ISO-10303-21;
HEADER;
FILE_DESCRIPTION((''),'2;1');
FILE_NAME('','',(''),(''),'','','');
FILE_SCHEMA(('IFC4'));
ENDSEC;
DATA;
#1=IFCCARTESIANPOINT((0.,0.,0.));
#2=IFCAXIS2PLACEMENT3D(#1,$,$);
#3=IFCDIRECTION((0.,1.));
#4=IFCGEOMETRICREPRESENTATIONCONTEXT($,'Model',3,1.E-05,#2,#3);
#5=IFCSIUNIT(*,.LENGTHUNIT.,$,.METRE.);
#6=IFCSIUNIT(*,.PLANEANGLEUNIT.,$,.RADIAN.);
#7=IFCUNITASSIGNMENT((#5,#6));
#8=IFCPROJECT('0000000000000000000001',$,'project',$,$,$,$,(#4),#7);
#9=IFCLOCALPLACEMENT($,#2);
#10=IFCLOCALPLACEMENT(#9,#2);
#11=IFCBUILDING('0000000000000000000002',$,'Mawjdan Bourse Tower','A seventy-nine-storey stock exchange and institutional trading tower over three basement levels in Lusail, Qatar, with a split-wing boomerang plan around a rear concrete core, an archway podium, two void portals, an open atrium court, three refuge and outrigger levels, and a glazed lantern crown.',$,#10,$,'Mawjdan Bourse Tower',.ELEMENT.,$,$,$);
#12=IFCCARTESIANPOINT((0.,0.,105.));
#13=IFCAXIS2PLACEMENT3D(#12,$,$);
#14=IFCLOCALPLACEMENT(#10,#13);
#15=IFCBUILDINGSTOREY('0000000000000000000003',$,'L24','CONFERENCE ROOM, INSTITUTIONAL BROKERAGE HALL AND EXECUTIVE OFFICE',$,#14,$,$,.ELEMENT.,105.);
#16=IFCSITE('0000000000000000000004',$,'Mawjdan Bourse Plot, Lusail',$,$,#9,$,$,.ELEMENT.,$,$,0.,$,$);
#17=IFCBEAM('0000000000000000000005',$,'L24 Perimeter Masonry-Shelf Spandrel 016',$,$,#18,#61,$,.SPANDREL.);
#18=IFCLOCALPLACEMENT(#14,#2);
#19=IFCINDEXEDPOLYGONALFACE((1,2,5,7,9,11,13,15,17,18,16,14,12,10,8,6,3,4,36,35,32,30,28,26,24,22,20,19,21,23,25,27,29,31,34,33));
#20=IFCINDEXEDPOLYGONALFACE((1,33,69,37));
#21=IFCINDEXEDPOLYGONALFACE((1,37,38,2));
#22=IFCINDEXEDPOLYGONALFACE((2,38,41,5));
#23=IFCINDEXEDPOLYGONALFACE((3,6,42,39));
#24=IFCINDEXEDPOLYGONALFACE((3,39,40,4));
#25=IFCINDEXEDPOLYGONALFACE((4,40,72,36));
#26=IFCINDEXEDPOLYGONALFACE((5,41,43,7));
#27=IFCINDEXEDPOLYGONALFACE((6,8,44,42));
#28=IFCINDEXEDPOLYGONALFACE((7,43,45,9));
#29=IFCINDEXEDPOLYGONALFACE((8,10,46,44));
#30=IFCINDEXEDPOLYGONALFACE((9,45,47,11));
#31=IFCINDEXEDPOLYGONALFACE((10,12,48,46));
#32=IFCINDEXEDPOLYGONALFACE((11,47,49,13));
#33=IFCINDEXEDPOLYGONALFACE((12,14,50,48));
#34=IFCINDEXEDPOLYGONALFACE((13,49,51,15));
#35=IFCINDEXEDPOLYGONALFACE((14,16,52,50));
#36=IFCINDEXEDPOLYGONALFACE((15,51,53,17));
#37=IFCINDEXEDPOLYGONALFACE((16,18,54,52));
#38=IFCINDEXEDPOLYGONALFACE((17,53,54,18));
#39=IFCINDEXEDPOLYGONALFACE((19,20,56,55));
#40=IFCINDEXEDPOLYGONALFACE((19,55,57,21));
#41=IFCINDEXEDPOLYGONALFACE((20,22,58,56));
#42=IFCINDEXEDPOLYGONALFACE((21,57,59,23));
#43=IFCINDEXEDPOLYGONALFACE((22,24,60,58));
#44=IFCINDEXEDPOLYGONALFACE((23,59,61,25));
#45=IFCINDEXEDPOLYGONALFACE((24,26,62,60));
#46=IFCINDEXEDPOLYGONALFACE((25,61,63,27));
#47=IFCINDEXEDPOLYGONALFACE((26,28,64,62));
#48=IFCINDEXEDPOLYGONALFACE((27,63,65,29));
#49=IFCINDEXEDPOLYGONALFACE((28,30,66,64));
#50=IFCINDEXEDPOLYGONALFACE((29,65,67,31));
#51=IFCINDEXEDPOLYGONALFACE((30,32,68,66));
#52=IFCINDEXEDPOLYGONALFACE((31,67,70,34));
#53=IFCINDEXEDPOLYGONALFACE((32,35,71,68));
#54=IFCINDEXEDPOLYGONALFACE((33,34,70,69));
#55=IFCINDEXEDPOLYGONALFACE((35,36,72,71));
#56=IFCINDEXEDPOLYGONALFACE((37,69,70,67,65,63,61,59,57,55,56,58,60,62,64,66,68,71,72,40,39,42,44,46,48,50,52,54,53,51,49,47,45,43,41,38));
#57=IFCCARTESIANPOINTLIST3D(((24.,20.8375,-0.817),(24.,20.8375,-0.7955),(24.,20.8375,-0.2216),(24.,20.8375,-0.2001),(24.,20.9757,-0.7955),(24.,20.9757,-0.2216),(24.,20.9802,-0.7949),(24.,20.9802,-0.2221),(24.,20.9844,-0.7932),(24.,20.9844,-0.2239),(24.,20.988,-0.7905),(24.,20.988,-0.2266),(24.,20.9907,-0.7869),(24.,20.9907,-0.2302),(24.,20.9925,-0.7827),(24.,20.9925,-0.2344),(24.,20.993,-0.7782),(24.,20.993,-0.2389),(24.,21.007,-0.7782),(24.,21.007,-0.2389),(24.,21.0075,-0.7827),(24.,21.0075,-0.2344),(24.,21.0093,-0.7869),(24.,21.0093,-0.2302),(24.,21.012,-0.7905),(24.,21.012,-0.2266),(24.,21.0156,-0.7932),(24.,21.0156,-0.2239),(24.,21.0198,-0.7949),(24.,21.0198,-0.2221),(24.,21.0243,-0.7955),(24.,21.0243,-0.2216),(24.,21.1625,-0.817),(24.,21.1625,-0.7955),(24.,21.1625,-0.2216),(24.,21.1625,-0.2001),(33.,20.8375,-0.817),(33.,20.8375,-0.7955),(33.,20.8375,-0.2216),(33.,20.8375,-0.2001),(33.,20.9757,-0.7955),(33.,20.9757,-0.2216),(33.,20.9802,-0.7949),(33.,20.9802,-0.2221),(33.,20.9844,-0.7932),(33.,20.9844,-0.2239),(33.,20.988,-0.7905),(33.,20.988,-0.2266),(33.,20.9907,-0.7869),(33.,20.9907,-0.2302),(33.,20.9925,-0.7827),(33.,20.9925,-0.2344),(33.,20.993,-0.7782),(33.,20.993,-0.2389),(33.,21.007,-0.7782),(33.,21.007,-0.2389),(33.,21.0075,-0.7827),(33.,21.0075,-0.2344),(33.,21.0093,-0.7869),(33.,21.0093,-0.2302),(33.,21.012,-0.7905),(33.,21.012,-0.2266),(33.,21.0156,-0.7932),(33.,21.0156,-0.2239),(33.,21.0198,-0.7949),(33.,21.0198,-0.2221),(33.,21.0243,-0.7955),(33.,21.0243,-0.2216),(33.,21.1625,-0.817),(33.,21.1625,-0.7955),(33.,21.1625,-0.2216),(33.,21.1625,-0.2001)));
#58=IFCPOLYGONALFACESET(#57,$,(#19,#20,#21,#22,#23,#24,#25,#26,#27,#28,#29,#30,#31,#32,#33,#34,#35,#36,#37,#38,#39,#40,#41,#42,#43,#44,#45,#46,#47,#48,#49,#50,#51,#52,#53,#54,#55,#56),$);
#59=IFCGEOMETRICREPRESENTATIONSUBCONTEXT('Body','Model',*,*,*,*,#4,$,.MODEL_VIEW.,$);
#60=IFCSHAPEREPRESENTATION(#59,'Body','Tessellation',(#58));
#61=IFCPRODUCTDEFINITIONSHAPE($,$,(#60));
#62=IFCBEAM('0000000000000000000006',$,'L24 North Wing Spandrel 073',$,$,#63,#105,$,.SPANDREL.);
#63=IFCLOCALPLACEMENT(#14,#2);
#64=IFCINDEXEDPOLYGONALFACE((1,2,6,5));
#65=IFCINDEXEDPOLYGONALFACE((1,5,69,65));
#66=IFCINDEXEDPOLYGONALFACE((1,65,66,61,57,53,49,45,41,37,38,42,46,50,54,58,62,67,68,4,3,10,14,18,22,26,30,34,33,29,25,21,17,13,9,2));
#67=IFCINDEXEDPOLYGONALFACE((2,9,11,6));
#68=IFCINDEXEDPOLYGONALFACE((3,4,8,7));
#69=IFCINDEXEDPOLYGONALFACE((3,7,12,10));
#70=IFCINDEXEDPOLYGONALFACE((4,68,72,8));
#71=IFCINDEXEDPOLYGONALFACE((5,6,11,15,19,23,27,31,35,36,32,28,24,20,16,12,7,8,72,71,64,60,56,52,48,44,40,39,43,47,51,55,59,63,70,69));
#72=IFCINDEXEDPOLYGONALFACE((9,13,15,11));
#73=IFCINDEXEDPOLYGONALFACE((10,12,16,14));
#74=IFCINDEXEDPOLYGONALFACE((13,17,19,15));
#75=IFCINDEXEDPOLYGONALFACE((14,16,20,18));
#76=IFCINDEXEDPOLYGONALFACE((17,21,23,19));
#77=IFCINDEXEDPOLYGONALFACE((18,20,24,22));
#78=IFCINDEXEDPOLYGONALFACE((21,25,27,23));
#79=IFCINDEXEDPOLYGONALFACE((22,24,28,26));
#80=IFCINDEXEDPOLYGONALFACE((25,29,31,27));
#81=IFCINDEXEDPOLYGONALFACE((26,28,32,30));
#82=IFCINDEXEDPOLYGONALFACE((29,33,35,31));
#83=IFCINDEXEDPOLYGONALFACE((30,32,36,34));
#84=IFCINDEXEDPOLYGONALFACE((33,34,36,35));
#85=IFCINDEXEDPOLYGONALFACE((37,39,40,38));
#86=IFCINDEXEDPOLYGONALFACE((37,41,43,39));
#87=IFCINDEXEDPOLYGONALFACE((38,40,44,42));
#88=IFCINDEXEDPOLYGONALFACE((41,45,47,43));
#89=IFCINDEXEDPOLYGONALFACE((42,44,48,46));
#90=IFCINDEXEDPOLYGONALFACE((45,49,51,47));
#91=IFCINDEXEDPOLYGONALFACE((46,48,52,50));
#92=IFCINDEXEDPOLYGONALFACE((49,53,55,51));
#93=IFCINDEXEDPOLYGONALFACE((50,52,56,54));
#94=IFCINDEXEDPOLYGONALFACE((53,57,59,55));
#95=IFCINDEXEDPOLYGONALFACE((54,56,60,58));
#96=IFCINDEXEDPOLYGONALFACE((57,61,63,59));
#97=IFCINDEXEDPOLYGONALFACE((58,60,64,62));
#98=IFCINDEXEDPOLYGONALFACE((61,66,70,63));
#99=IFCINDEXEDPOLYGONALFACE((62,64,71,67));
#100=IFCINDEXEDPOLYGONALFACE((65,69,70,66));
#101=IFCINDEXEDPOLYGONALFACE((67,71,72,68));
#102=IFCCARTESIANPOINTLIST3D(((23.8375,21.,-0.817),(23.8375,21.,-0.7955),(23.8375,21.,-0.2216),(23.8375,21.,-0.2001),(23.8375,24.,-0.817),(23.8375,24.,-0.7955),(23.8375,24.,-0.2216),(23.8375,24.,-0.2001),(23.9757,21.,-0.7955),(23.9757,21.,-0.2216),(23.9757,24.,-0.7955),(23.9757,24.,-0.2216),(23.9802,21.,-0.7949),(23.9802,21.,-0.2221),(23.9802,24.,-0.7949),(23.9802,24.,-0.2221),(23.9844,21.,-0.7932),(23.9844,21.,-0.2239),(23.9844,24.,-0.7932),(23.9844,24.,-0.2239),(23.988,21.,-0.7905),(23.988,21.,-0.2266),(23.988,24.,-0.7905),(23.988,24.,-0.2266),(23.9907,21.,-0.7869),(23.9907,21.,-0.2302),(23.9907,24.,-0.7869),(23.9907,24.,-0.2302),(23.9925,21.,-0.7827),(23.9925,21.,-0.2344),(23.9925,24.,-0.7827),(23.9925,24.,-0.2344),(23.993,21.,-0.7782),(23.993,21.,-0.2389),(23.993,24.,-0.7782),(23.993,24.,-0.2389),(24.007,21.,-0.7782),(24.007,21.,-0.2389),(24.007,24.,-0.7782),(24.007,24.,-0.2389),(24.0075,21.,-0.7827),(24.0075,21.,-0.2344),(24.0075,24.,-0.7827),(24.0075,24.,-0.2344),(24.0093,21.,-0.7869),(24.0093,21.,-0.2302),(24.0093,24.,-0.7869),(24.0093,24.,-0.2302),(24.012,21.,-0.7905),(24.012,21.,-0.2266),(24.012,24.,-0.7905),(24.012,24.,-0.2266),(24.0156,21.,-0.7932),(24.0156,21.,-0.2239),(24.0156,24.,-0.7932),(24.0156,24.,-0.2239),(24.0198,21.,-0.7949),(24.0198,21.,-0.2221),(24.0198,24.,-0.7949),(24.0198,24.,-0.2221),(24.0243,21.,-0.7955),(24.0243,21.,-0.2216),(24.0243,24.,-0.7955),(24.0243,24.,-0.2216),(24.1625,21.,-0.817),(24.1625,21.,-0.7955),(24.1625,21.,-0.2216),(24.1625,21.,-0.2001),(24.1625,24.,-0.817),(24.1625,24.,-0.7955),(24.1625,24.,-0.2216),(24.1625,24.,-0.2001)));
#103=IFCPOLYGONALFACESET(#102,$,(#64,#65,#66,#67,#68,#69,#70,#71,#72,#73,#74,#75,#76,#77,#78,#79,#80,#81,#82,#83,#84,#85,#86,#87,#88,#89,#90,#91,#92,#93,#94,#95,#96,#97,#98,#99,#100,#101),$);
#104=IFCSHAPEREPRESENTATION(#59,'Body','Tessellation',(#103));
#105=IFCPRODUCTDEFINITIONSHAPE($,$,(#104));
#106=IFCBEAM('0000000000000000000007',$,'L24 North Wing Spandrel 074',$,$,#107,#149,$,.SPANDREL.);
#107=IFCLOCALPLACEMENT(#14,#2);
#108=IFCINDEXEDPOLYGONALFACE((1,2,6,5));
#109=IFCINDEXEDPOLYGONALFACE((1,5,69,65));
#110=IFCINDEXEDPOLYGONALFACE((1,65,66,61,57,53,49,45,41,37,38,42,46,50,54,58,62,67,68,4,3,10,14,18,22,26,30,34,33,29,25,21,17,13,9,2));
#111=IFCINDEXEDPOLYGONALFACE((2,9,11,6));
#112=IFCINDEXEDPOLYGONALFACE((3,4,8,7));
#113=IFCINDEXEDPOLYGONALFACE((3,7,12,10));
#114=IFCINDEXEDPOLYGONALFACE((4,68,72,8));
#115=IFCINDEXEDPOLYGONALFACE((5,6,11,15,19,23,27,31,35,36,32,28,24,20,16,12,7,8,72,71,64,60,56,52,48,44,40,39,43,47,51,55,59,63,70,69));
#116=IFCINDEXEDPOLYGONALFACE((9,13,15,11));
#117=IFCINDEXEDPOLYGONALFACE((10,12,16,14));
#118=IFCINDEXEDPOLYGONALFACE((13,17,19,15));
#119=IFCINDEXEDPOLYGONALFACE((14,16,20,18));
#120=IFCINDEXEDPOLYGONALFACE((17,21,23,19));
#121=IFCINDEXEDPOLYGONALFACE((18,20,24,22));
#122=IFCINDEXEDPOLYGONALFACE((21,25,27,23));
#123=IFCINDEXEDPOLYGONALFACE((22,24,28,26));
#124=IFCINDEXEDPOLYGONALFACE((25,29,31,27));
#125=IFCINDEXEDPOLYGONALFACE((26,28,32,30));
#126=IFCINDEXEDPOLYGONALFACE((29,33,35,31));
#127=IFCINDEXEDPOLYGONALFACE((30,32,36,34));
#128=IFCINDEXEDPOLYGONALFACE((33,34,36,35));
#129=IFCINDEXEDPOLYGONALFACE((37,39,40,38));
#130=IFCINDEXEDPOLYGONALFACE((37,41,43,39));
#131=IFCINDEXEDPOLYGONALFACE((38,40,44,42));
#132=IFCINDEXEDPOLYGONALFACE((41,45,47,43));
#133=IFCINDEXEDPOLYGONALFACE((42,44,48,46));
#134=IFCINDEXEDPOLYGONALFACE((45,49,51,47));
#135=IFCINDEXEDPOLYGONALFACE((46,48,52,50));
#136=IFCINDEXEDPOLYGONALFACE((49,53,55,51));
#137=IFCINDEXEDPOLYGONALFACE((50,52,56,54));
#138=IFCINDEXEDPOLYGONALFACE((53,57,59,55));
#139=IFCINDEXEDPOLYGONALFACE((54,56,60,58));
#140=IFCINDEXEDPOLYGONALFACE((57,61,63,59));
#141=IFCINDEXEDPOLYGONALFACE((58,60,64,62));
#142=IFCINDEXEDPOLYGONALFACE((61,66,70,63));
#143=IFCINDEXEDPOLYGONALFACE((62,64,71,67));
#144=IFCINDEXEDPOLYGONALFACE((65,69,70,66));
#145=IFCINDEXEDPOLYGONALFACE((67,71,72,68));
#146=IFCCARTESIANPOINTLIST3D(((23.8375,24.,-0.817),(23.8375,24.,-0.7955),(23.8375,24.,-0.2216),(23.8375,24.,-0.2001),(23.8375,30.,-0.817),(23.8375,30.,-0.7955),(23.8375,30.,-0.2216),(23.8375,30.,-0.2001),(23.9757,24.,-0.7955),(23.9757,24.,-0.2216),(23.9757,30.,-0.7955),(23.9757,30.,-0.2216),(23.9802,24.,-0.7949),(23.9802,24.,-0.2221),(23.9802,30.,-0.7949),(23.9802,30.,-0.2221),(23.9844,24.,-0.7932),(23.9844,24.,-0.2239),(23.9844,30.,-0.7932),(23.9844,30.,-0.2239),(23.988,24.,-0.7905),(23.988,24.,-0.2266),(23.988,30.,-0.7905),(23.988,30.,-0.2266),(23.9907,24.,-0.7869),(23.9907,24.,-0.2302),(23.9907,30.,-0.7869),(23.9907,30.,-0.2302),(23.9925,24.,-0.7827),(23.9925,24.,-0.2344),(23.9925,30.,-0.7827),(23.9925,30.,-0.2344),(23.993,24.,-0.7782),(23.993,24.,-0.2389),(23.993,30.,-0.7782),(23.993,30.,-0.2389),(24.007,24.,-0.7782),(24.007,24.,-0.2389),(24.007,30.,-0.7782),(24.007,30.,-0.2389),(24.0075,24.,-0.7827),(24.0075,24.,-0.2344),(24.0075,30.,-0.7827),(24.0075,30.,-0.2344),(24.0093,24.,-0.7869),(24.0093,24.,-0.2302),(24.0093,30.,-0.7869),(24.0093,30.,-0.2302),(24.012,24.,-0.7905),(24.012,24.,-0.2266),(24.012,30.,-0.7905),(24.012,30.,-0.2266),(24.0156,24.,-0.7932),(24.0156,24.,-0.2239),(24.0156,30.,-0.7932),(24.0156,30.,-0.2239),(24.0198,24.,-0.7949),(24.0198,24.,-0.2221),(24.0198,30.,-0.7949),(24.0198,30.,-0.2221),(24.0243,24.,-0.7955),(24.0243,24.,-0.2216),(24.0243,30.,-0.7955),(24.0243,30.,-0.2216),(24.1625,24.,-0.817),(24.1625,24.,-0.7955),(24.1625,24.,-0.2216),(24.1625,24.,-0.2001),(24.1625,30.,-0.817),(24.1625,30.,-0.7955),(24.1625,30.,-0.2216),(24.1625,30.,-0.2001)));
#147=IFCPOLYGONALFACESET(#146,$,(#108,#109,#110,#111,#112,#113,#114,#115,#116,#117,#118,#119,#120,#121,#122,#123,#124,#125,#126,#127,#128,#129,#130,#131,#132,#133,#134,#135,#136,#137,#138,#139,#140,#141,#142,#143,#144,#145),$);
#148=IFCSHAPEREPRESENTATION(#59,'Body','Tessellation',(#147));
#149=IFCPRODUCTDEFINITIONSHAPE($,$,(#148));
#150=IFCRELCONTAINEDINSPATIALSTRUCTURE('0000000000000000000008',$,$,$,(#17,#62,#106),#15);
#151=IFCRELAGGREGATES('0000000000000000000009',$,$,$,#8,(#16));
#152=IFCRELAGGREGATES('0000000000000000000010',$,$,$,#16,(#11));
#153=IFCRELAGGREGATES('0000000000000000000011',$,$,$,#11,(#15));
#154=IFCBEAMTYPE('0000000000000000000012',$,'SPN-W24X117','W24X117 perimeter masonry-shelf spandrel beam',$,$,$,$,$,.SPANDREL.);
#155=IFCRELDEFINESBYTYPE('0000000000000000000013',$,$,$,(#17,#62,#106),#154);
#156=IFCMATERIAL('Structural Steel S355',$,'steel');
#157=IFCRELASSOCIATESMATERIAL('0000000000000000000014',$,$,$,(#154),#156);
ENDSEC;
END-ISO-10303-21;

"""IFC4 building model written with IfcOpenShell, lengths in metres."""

from ifc_helpers import new_model, si_unit, direction, frame, origin, origin_2d, place, context, subcontext, project, spatial, i_section, extrude, material, material_profile, profile_set, type_object, element, save


model = new_model("IFC4")

# Units and contexts
model_context = context("Model", 3, precision=1e-05, world=origin(), true_north=direction((0.0, 1.0)))
body_context = subcontext(model_context, "Body", "Model", "MODEL_VIEW")
ifc_project = project(units=[si_unit("LENGTHUNIT", "METRE"), si_unit("PLANEANGLEUNIT", "RADIAN")], contexts=[model_context])

# Site, building, storey
site_placement = place(None, origin())
site = spatial("IfcSite", under=ifc_project, at=site_placement, Name="Mawjdan Bourse Plot, Lusail", CompositionType="ELEMENT", RefElevation=0.0)
building_placement = place(site_placement, origin())
building = spatial("IfcBuilding", under=site, at=building_placement, Name="Mawjdan Bourse Tower", Description="A seventy-nine-storey stock exchange and institutional trading tower over three basement levels in Lusail, Qatar, with a split-wing boomerang plan around a rear concrete core, an archway podium, two void portals, an open atrium court, three refuge and outrigger levels, and a glazed lantern crown.", LongName="Mawjdan Bourse Tower", CompositionType="ELEMENT")
storey_placement = place(building_placement, frame((0.0, 0.0, 105.0)))
storey = spatial("IfcBuildingStorey", under=building, at=storey_placement, Name="L24", Description="CONFERENCE ROOM, INSTITUTIONAL BROKERAGE HALL AND EXECUTIVE OFFICE", CompositionType="ELEMENT", Elevation=105.0)

# Beams
ifc_material_1 = material(Name="Structural Steel S355", Category="steel")
ifc_material_profile_1 = material_profile(ifc_material_1, i_section(OverallWidth=0.325, OverallDepth=0.6169, WebThickness=0.0139, FlangeThickness=0.0215, FilletRadius=0.0173, at=origin_2d()), Name="W24X117")
ifc_profile_set_1 = profile_set([ifc_material_profile_1], Name="Structural Steel S355")
beam_type_1 = type_object("IfcBeamType", Name="SPN-W24X117", Description="W24X117 perimeter masonry-shelf spandrel beam", PredefinedType="SPANDREL", material=ifc_profile_set_1)
beam_1_placement = place(storey_placement, frame((24.0, 21.0, -0.5085), z_axis=(1.0, 0.0, 0.0), x_axis=(0.0, 1.0, 0.0)))
element("IfcBeam", 1, at=beam_1_placement, inside=storey, type_object=beam_type_1, Name="L24 Perimeter Masonry-Shelf Spandrel 016", PredefinedType="SPANDREL", context=body_context, shape_type="SweptSolid", body=[
    extrude(i_section(OverallWidth=0.325, OverallDepth=0.6169, WebThickness=0.0139, FlangeThickness=0.0215, FilletRadius=0.0173, at=origin_2d()), origin(), (0.0, 0.0, 1.0), 9.0),
])
beam_2_placement = place(storey_placement, frame((24.0, 21.0, -0.5085), z_axis=(0.0, 1.0, 0.0), x_axis=(-1.0, 0.0, 0.0)))
element("IfcBeam", 2, at=beam_2_placement, inside=storey, type_object=beam_type_1, Name="L24 North Wing Spandrel 073", PredefinedType="SPANDREL", context=body_context, shape_type="SweptSolid", body=[
    extrude(i_section(OverallWidth=0.325, OverallDepth=0.6169, WebThickness=0.0139, FlangeThickness=0.0215, FilletRadius=0.0173, at=origin_2d()), origin(), (0.0, 0.0, 1.0), 3.0),
])
beam_3_placement = place(storey_placement, frame((24.0, 24.0, -0.5085), z_axis=(0.0, 1.0, 0.0), x_axis=(-1.0, 0.0, 0.0)))
element("IfcBeam", 3, at=beam_3_placement, inside=storey, type_object=beam_type_1, Name="L24 North Wing Spandrel 074", PredefinedType="SPANDREL", context=body_context, shape_type="SweptSolid", body=[
    extrude(i_section(OverallWidth=0.325, OverallDepth=0.6169, WebThickness=0.0139, FlangeThickness=0.0215, FilletRadius=0.0173, at=origin_2d()), origin(), (0.0, 0.0, 1.0), 6.0),
])

save(model, "model.ifc")
